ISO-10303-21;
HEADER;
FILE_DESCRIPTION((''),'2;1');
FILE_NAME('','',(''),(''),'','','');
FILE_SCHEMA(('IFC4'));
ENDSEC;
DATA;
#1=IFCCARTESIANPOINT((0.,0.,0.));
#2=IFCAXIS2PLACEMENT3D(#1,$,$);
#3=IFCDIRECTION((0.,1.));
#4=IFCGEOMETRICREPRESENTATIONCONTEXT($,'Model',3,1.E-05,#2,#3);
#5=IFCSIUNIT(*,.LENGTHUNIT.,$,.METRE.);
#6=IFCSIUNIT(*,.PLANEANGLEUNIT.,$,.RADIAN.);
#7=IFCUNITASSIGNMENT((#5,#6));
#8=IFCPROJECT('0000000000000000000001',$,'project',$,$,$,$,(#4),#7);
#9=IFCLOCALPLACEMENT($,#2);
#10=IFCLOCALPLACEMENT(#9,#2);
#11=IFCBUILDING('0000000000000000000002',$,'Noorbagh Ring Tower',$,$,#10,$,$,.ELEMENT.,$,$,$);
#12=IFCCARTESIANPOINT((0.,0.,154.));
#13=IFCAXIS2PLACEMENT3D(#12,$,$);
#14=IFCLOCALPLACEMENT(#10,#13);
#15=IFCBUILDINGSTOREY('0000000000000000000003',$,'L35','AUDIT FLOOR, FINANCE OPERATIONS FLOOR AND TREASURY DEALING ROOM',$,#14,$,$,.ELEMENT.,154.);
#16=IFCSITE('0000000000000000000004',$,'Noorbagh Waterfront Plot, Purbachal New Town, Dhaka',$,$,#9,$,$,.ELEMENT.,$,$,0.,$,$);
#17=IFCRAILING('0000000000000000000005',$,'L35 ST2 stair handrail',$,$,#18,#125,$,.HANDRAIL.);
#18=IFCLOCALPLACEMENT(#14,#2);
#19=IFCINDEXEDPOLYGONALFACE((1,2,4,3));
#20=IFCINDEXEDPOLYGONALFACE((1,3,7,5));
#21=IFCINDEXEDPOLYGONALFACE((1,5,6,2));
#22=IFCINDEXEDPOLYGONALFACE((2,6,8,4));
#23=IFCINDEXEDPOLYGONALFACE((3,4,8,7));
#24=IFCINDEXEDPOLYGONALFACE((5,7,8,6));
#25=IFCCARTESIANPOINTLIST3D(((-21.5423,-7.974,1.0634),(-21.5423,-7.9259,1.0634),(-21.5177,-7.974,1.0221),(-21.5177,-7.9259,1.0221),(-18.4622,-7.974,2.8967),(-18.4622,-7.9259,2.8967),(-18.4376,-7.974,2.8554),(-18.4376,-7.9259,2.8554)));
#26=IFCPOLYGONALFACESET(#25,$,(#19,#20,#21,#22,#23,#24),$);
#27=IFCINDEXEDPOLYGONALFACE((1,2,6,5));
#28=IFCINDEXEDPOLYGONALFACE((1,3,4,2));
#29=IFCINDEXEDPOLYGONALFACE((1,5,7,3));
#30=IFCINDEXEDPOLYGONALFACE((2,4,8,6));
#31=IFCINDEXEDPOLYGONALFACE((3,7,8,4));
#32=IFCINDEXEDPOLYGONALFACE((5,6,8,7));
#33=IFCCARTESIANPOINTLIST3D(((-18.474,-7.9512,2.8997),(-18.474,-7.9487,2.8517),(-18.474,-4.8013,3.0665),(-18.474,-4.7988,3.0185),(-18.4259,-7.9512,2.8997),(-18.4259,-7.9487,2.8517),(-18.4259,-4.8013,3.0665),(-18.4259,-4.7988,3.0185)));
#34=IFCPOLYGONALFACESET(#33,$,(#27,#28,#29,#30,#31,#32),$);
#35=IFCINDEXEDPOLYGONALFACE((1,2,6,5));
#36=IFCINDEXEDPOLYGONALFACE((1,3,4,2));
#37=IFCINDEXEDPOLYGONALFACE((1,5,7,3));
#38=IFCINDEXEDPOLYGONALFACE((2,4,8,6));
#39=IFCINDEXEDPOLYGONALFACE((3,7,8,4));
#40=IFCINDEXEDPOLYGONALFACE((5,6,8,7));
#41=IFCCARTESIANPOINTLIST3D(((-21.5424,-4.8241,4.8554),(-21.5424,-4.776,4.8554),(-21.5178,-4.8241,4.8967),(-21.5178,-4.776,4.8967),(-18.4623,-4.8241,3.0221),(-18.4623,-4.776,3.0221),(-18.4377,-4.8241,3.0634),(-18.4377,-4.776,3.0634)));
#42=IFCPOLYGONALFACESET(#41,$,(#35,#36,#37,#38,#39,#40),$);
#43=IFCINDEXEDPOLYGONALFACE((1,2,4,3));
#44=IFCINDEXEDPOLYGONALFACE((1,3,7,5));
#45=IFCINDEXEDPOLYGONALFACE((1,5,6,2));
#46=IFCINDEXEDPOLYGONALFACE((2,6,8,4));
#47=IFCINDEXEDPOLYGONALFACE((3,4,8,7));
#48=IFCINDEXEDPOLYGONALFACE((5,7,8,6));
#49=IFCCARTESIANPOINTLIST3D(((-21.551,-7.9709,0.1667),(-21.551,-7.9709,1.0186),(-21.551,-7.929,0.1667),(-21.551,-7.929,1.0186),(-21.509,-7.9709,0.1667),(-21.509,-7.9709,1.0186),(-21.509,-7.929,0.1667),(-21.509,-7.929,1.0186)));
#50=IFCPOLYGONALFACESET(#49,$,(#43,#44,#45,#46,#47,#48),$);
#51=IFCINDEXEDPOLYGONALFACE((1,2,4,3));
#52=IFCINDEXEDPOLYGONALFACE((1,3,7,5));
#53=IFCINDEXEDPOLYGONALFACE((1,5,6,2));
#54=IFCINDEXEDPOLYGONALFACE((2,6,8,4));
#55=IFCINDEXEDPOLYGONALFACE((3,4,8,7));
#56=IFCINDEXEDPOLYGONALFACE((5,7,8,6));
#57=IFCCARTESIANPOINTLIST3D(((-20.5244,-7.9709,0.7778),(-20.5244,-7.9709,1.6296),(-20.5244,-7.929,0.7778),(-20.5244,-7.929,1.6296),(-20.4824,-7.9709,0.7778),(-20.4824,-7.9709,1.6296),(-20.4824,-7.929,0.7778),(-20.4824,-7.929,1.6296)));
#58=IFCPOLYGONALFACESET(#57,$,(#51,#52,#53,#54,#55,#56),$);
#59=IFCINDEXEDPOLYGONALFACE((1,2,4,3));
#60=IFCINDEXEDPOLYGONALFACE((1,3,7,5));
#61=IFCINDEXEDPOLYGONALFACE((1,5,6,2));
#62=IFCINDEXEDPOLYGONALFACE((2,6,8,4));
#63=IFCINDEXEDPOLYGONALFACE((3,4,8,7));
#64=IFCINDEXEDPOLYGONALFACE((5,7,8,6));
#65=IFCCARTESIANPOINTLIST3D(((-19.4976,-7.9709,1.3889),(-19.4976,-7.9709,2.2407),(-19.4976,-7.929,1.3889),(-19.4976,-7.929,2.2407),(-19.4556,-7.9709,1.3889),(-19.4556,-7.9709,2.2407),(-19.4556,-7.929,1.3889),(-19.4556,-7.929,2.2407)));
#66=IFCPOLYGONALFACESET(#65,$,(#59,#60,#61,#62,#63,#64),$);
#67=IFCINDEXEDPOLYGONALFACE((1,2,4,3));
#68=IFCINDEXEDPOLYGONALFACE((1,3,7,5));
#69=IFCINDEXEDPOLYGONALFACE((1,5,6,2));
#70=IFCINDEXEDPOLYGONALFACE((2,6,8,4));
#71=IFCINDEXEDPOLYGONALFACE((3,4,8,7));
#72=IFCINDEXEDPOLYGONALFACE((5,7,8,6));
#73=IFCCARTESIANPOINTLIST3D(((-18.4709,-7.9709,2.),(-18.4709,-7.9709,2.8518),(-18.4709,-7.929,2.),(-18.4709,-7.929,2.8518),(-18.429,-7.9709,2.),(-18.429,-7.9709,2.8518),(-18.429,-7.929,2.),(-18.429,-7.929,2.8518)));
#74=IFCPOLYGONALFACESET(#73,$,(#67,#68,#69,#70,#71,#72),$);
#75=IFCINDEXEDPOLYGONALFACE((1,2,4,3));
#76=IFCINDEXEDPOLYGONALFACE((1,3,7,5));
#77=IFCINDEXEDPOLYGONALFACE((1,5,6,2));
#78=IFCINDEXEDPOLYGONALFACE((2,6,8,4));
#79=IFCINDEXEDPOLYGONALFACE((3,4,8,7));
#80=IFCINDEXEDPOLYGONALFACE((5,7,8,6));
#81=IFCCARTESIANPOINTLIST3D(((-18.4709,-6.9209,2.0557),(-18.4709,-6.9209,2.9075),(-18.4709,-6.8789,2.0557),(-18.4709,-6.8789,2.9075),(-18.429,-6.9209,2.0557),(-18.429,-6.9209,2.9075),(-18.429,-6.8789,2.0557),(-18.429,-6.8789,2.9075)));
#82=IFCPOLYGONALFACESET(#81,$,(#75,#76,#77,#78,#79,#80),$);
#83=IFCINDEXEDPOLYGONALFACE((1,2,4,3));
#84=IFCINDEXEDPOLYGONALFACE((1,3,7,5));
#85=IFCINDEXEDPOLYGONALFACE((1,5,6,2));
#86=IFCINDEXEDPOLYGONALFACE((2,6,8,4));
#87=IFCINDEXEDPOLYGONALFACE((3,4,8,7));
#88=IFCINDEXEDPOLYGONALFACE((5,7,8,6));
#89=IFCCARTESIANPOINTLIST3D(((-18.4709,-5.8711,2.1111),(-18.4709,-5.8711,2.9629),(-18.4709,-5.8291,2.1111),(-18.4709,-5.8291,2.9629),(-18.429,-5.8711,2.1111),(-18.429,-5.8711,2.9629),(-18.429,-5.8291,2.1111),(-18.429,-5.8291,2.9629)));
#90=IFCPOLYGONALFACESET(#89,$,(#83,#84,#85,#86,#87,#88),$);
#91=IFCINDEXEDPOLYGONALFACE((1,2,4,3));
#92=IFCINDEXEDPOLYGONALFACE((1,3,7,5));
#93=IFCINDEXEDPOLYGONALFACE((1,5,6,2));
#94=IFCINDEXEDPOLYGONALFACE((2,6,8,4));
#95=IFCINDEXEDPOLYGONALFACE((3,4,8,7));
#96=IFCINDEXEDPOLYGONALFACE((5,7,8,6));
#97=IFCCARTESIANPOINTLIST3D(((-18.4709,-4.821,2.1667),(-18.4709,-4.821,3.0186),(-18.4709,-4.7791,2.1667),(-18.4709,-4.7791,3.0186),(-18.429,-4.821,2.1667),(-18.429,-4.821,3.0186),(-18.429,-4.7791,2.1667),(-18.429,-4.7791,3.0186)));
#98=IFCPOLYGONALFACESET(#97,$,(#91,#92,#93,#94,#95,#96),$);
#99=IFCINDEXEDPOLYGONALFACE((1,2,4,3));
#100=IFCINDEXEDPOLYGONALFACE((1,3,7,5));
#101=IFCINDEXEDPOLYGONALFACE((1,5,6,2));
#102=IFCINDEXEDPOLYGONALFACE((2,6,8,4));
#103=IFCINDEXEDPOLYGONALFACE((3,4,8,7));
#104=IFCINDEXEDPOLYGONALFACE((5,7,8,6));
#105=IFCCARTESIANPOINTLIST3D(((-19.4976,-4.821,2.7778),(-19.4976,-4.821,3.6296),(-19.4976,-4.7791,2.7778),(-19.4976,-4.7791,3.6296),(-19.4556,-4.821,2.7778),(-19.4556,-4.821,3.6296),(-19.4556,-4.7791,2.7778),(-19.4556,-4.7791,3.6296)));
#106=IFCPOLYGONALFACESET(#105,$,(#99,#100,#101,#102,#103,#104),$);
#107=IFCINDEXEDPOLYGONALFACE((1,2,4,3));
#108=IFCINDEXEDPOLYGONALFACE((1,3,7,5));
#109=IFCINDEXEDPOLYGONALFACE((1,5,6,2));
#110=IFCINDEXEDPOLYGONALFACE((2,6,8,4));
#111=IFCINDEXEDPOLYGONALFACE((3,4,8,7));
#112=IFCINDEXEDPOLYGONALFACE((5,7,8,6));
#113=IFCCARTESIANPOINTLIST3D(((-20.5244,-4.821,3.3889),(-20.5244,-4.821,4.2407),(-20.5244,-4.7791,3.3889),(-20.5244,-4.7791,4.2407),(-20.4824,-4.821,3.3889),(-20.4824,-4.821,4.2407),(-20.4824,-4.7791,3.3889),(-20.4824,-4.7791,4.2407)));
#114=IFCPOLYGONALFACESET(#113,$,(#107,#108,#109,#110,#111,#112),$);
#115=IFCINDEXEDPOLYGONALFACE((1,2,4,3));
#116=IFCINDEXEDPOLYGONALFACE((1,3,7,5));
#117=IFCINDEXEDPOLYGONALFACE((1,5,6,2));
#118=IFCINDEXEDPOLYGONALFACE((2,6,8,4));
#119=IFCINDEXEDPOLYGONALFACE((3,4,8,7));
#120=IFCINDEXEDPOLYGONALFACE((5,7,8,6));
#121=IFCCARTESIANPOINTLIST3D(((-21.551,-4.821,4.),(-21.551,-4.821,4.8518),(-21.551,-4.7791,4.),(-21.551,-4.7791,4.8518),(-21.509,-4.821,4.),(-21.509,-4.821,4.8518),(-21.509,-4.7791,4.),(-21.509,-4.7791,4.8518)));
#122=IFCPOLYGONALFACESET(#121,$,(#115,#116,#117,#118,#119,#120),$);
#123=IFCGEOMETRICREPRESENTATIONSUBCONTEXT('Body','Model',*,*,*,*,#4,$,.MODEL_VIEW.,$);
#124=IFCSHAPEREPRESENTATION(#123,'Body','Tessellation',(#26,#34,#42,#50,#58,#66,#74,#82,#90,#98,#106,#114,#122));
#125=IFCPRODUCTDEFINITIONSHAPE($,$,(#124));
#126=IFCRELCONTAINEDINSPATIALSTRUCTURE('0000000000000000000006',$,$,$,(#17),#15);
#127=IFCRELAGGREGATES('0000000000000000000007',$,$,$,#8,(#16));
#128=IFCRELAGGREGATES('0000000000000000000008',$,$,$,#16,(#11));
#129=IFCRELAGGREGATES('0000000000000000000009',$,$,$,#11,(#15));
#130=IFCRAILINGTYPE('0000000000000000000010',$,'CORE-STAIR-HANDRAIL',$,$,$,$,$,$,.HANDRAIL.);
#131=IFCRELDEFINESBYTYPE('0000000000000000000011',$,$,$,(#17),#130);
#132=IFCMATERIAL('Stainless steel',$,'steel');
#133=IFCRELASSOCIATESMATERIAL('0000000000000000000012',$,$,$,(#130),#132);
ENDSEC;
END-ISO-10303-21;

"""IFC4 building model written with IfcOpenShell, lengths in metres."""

from ifc_helpers import new_model, si_unit, direction, frame, origin, origin_2d, place, context, subcontext, project, spatial, rectangle, extrude, material, type_object, element, save


model = new_model("IFC4")

# Units and contexts
model_context = context("Model", 3, precision=1e-05, world=origin(), true_north=direction((0.0, 1.0)))
body_context = subcontext(model_context, "Body", "Model", "MODEL_VIEW")
ifc_project = project(units=[si_unit("LENGTHUNIT", "METRE"), si_unit("PLANEANGLEUNIT", "RADIAN")], contexts=[model_context])

# Site, building, storey
site_placement = place(None, origin())
site = spatial("IfcSite", under=ifc_project, at=site_placement, Name="Noorbagh Waterfront Plot, Purbachal New Town, Dhaka", CompositionType="ELEMENT", RefElevation=0.0)
building_placement = place(site_placement, origin())
building = spatial("IfcBuilding", under=site, at=building_placement, Name="Noorbagh Ring Tower", CompositionType="ELEMENT")
storey_placement = place(building_placement, frame((0.0, 0.0, 154.0)))
storey = spatial("IfcBuildingStorey", under=building, at=storey_placement, Name="L35", Description="AUDIT FLOOR, FINANCE OPERATIONS FLOOR AND TREASURY DEALING ROOM", CompositionType="ELEMENT", Elevation=154.0)

# Railing
ifc_material_1 = material(Name="Stainless steel", Category="steel")
railing_type_1 = type_object("IfcRailingType", Name="CORE-STAIR-HANDRAIL", PredefinedType="HANDRAIL", material=ifc_material_1)
railing_1_placement = place(storey_placement, frame((-21.53, -7.95, 0.1667)))
element("IfcRailing", 1, at=railing_1_placement, inside=storey, type_object=railing_type_1, Name="L35 ST2 stair handrail", PredefinedType="HANDRAIL", context=body_context, shape_type="SweptSolid", body=[
    extrude(rectangle(XDim=0.0481, YDim=0.0481, at=origin_2d()), frame((0.0, 0.0, 0.876), z_axis=(0.859309, 0.0, 0.511458), x_axis=(0.0, 1.0, 0.0)), (0.0, 0.0, 1.0), 3.5845),
    extrude(rectangle(XDim=0.0481, YDim=0.0481, at=origin_2d()), frame((3.0801, 0.0, 2.709), z_axis=(0.0, 0.998602, 0.052864), x_axis=(-1.0, 0.0, 0.0)), (0.0, 0.0, 1.0), 3.1543),
    extrude(rectangle(XDim=0.0481, YDim=0.0481, at=origin_2d()), frame((3.0801, 3.1499, 2.876), z_axis=(-0.859309, 0.0, 0.511458), x_axis=(0.0, -1.0, 0.0)), (0.0, 0.0, 1.0), 3.5845),
    extrude(rectangle(XDim=0.042, YDim=0.042, at=origin_2d()), origin(), (0.0, 0.0, 1.0), 0.8518),
    extrude(rectangle(XDim=0.042, YDim=0.042, at=origin_2d()), frame((1.0266, 0.0, 0.6111)), (0.0, 0.0, 1.0), 0.8518),
    extrude(rectangle(XDim=0.042, YDim=0.042, at=origin_2d()), frame((2.0535, 0.0, 1.2222)), (0.0, 0.0, 1.0), 0.8518),
    extrude(rectangle(XDim=0.042, YDim=0.042, at=origin_2d()), frame((3.0801, 0.0, 1.8333)), (0.0, 0.0, 1.0), 0.8518),
    extrude(rectangle(XDim=0.042, YDim=0.042, at=origin_2d()), frame((3.0801, 1.05, 1.8889)), (0.0, 0.0, 1.0), 0.8518),
    extrude(rectangle(XDim=0.042, YDim=0.042, at=origin_2d()), frame((3.0801, 2.0999, 1.9443)), (0.0, 0.0, 1.0), 0.8518),
    extrude(rectangle(XDim=0.042, YDim=0.042, at=origin_2d()), frame((3.0801, 3.1499, 2.0)), (0.0, 0.0, 1.0), 0.8518),
    extrude(rectangle(XDim=0.042, YDim=0.042, at=origin_2d()), frame((2.0535, 3.1499, 2.6111)), (0.0, 0.0, 1.0), 0.8518),
    extrude(rectangle(XDim=0.042, YDim=0.042, at=origin_2d()), frame((1.0266, 3.1499, 3.2222)), (0.0, 0.0, 1.0), 0.8518),
    extrude(rectangle(XDim=0.042, YDim=0.042, at=origin_2d()), frame((0.0, 3.1499, 3.8333)), (0.0, 0.0, 1.0), 0.8518),
])

save(model, "model.ifc")
